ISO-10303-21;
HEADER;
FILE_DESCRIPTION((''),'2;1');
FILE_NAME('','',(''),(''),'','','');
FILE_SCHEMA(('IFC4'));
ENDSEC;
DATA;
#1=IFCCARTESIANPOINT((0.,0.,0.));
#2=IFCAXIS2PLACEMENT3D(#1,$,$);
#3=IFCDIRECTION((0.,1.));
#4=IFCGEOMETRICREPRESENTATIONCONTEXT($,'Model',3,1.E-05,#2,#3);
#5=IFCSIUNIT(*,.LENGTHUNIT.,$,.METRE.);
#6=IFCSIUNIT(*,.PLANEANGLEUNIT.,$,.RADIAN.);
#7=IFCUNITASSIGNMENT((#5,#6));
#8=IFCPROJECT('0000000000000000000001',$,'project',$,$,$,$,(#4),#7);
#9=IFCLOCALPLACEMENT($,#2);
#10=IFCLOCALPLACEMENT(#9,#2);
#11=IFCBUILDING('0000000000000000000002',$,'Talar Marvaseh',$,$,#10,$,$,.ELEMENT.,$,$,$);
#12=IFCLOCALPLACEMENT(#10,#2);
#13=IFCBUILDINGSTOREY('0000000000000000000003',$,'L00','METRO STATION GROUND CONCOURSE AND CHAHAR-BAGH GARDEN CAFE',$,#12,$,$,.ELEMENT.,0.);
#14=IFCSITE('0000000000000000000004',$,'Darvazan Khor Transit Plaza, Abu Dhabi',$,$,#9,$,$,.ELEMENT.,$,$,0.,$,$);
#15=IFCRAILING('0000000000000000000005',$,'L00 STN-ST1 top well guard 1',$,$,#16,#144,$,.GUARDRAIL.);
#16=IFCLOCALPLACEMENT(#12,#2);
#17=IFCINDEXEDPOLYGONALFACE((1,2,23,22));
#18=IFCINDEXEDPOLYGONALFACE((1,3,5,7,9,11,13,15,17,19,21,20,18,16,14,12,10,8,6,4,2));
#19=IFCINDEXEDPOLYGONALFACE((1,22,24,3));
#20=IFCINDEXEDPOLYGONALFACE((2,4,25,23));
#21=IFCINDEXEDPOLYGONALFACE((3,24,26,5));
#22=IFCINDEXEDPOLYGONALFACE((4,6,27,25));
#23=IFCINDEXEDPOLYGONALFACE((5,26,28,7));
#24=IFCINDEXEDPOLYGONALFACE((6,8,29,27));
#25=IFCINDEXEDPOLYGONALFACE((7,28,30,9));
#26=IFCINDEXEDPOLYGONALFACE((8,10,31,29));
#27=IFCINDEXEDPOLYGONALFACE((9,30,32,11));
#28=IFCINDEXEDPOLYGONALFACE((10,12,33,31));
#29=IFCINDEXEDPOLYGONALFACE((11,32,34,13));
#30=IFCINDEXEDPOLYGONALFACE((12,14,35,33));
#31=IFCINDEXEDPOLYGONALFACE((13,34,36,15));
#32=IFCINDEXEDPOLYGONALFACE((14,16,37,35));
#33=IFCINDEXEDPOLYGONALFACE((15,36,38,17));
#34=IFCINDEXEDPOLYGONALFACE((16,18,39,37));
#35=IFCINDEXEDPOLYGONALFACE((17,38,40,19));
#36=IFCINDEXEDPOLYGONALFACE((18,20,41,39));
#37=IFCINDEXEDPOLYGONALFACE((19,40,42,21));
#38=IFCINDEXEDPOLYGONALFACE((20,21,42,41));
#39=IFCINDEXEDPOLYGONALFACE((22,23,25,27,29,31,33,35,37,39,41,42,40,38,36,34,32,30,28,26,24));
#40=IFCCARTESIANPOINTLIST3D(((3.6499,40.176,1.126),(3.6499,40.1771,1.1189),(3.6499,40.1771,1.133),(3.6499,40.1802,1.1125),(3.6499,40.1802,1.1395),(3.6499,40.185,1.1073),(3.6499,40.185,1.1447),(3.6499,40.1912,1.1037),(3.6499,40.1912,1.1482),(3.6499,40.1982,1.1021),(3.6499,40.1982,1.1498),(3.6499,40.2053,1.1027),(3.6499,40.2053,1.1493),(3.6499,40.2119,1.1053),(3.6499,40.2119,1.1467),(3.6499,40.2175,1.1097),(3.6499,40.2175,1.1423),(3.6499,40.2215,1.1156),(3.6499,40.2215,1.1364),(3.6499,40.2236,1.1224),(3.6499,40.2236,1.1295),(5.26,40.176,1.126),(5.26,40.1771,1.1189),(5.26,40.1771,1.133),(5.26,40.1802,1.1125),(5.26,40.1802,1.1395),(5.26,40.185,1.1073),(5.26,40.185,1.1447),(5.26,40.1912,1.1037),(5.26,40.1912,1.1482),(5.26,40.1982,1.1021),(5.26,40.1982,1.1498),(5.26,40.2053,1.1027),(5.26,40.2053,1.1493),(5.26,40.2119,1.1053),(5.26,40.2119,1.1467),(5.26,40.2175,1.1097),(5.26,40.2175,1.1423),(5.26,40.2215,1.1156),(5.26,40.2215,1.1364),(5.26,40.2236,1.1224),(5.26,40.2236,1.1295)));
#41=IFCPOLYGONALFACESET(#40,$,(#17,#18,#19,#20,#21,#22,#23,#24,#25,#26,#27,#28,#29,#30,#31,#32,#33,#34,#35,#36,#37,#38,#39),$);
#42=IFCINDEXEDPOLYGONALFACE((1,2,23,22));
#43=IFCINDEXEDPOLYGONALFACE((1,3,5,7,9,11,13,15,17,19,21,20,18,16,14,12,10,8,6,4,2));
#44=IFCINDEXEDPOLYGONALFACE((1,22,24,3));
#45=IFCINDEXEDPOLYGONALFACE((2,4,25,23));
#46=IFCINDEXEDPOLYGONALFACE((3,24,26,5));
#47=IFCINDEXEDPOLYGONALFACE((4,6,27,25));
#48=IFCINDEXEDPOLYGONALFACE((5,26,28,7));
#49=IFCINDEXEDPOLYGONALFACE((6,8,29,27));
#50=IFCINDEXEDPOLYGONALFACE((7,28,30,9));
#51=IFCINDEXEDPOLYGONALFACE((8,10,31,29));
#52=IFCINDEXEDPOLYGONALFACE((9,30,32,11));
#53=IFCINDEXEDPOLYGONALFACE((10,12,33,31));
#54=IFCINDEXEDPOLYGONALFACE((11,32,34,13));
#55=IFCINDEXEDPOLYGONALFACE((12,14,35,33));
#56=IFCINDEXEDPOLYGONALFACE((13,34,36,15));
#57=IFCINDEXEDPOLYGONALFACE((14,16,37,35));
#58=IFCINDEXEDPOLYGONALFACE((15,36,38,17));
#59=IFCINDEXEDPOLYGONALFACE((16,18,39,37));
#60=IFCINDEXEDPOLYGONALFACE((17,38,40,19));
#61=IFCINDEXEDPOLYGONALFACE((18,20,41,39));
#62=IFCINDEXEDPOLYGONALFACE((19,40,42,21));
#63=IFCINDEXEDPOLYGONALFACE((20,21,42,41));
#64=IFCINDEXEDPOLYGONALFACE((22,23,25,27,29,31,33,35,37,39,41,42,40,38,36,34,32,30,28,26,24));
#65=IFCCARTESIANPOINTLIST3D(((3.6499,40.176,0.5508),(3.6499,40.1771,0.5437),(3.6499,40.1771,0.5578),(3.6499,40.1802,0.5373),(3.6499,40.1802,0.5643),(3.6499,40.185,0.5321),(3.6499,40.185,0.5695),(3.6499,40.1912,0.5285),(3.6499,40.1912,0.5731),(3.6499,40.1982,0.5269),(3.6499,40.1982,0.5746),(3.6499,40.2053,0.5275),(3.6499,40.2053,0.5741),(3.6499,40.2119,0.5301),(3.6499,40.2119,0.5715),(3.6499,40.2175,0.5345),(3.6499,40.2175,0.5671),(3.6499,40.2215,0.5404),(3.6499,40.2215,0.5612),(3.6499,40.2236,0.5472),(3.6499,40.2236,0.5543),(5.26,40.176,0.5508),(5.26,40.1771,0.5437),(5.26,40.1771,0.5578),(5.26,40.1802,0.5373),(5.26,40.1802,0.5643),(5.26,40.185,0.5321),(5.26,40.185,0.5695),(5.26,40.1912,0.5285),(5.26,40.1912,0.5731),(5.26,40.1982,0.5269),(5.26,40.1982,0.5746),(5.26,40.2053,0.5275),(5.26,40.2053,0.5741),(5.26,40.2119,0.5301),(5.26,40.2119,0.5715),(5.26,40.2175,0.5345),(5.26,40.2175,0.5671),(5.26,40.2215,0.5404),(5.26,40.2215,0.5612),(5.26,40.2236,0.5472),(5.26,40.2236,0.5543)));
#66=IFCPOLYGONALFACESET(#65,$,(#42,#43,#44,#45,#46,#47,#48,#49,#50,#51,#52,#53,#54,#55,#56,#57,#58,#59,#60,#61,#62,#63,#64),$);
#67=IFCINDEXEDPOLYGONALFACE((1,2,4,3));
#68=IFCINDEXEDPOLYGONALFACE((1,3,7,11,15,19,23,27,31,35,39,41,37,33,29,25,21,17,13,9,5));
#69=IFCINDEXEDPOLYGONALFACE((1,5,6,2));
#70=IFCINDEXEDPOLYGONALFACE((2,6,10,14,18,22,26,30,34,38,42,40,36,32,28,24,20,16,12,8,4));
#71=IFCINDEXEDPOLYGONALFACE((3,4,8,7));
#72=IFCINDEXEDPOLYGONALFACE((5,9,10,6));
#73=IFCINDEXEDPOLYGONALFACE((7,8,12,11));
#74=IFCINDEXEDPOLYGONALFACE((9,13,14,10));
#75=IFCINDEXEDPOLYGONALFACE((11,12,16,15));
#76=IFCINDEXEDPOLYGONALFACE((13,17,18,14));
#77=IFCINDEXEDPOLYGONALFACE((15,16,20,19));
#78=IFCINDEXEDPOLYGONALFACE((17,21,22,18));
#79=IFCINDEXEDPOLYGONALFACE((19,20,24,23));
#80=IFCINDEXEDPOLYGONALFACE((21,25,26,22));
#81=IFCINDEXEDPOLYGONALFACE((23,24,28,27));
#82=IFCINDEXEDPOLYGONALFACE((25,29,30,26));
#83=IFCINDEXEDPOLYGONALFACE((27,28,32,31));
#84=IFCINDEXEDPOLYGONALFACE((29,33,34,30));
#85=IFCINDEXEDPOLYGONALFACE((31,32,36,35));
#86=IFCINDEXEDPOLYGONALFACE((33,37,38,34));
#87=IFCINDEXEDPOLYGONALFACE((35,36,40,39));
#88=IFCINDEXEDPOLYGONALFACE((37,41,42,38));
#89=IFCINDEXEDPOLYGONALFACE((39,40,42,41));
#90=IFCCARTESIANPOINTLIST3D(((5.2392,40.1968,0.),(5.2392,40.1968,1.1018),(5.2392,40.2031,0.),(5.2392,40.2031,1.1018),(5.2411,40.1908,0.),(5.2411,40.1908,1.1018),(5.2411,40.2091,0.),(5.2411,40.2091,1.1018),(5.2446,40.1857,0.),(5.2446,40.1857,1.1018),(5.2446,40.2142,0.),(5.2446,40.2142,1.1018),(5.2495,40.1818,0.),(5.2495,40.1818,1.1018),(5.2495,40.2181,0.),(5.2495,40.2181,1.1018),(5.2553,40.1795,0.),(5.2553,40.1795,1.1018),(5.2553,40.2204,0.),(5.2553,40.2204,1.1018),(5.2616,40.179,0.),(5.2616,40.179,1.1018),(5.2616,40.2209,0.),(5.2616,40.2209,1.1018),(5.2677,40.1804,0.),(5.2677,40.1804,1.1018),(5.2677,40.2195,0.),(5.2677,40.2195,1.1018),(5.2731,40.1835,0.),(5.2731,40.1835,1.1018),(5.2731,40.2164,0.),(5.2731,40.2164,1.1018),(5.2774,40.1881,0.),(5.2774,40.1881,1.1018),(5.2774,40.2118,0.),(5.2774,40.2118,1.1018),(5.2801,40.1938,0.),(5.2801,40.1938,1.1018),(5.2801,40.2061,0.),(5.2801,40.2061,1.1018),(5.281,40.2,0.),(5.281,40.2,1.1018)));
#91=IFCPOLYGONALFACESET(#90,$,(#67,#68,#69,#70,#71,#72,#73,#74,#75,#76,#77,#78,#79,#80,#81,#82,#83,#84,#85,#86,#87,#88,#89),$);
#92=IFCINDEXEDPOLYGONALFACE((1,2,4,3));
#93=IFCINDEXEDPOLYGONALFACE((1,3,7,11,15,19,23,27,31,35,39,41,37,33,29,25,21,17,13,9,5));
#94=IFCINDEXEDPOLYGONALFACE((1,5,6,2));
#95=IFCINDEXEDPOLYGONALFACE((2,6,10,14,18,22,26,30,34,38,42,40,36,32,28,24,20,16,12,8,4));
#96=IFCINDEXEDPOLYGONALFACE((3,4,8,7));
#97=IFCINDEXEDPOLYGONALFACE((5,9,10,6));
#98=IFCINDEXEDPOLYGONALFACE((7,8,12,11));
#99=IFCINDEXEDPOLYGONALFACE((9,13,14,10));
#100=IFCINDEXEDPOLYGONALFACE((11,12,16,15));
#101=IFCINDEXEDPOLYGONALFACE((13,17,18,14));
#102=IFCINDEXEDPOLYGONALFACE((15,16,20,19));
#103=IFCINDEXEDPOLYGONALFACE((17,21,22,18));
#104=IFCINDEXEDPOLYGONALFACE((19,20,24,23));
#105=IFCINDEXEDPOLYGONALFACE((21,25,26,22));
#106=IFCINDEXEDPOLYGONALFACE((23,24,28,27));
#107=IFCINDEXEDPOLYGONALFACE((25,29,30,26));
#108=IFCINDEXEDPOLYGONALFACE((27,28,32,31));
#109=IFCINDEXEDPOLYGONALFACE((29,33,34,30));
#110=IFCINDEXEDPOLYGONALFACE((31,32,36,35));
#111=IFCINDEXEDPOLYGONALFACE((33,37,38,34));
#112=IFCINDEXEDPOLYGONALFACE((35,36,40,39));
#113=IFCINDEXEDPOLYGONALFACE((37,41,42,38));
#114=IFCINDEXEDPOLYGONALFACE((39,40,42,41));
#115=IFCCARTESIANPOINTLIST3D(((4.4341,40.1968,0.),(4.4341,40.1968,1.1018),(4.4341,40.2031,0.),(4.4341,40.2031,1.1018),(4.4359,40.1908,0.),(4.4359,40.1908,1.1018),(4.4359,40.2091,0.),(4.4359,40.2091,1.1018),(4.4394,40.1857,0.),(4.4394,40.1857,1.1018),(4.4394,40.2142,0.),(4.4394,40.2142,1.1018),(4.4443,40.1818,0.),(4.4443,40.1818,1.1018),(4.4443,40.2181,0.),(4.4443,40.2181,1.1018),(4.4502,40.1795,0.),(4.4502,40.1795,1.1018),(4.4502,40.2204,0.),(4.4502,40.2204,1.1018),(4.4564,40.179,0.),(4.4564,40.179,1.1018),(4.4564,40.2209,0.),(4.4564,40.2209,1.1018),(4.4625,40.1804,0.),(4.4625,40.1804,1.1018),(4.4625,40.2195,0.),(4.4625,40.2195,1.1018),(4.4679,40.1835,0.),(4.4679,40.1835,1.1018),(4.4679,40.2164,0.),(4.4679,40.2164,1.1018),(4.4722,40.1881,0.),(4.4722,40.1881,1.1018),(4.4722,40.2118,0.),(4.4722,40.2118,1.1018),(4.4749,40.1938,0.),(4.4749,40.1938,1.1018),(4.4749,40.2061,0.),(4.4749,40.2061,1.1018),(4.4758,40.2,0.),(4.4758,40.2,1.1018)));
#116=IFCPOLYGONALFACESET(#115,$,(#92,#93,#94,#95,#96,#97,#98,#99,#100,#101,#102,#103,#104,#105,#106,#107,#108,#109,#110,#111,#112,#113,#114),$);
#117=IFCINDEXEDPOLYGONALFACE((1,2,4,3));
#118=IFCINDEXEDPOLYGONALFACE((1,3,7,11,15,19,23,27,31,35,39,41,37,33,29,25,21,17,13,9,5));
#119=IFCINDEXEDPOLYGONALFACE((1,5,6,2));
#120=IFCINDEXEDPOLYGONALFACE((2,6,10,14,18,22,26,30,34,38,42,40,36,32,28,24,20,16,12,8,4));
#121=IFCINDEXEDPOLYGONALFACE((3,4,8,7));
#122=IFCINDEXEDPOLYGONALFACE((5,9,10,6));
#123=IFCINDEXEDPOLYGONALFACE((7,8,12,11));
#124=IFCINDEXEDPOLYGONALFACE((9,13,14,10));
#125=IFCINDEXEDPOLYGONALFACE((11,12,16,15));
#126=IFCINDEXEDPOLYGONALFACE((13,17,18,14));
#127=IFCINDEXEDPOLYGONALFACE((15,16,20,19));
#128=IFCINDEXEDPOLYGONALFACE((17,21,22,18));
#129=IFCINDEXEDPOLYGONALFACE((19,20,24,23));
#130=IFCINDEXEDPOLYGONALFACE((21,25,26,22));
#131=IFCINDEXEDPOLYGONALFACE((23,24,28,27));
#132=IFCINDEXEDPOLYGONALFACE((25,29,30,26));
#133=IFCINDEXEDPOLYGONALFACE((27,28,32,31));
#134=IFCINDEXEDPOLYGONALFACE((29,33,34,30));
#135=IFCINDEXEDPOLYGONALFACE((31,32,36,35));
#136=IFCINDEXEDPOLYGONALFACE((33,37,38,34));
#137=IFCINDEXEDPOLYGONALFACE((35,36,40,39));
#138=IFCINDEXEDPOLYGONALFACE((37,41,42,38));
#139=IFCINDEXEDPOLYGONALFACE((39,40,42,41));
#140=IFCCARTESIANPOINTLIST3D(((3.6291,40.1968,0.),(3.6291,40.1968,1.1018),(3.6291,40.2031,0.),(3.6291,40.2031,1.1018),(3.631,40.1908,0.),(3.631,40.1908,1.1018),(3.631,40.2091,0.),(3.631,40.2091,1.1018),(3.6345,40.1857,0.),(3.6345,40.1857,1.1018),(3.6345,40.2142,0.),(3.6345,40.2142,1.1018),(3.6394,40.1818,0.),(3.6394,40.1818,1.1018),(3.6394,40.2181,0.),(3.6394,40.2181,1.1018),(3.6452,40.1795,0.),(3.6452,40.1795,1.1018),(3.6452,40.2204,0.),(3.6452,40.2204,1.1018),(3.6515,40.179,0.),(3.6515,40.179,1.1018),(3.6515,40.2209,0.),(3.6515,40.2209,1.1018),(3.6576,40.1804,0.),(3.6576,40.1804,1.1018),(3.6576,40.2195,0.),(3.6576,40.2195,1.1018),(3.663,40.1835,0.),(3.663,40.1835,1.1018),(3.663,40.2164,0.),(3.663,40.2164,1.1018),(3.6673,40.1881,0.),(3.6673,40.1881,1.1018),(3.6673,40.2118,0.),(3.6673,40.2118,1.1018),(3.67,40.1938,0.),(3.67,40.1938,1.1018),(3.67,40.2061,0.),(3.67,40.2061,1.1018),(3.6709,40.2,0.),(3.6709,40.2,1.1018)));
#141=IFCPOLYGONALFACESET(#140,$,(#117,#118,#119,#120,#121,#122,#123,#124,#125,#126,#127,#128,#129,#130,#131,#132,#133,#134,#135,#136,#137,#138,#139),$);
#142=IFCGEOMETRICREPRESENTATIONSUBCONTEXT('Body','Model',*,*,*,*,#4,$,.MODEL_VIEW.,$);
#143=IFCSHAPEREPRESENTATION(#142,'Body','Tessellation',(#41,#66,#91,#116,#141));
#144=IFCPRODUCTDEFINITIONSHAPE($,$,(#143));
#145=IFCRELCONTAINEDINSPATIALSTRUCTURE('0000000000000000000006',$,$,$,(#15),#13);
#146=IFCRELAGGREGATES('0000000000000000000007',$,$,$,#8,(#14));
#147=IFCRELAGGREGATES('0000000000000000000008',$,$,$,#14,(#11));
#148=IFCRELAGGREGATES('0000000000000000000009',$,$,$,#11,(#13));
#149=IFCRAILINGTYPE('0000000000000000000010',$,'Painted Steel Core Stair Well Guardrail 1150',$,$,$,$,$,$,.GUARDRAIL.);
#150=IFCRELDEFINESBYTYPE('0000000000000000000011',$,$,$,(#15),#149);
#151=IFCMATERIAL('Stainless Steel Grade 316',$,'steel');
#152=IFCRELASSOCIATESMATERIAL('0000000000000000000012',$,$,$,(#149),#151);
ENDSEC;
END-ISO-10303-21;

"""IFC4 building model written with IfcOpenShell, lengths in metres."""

from ifc_helpers import new_model, si_unit, direction, frame, origin, origin_2d, place, context, subcontext, project, spatial, circle, extrude, material, type_object, element, save


model = new_model("IFC4")

# Units and contexts
model_context = context("Model", 3, precision=1e-05, world=origin(), true_north=direction((0.0, 1.0)))
body_context = subcontext(model_context, "Body", "Model", "MODEL_VIEW")
ifc_project = project(units=[si_unit("LENGTHUNIT", "METRE"), si_unit("PLANEANGLEUNIT", "RADIAN")], contexts=[model_context])

# Site, building, storey
site_placement = place(None, origin())
site = spatial("IfcSite", under=ifc_project, at=site_placement, Name="Darvazan Khor Transit Plaza, Abu Dhabi", CompositionType="ELEMENT", RefElevation=0.0)
building_placement = place(site_placement, origin())
building = spatial("IfcBuilding", under=site, at=building_placement, Name="Talar Marvaseh", CompositionType="ELEMENT")
storey_placement = place(building_placement, origin())
storey = spatial("IfcBuildingStorey", under=building, at=storey_placement, Name="L00", Description="METRO STATION GROUND CONCOURSE AND CHAHAR-BAGH GARDEN CAFE", CompositionType="ELEMENT", Elevation=0.0)

# Railing
ifc_material_1 = material(Name="Stainless Steel Grade 316", Category="steel")
railing_type_1 = type_object("IfcRailingType", Name="Painted Steel Core Stair Well Guardrail 1150", PredefinedType="GUARDRAIL", material=ifc_material_1)
railing_1_placement = place(storey_placement, frame((5.26, 40.2, 0.0)))
element("IfcRailing", 1, at=railing_1_placement, inside=storey, type_object=railing_type_1, Name="L00 STN-ST1 top well guard 1", PredefinedType="GUARDRAIL", context=body_context, shape_type="SweptSolid", body=[
    extrude(circle(Radius=0.0239, at=origin_2d()), frame((0.0, 0.0, 1.126), z_axis=(-1.0, 0.0, 0.0), x_axis=(0.0, -1.0, 0.0)), (0.0, 0.0, 1.0), 1.6101),
    extrude(circle(Radius=0.0239, at=origin_2d()), frame((0.0, 0.0, 0.5508), z_axis=(-1.0, 0.0, 0.0), x_axis=(0.0, -1.0, 0.0)), (0.0, 0.0, 1.0), 1.6101),
    extrude(circle(Radius=0.021, at=origin_2d()), origin(), (0.0, 0.0, 1.0), 1.1018),
    extrude(circle(Radius=0.021, at=origin_2d()), frame((-0.8052, 0.0, 0.0)), (0.0, 0.0, 1.0), 1.1018),
    extrude(circle(Radius=0.021, at=origin_2d()), frame((-1.6101, 0.0, 0.0)), (0.0, 0.0, 1.0), 1.1018),
])

save(model, "model.ifc")
